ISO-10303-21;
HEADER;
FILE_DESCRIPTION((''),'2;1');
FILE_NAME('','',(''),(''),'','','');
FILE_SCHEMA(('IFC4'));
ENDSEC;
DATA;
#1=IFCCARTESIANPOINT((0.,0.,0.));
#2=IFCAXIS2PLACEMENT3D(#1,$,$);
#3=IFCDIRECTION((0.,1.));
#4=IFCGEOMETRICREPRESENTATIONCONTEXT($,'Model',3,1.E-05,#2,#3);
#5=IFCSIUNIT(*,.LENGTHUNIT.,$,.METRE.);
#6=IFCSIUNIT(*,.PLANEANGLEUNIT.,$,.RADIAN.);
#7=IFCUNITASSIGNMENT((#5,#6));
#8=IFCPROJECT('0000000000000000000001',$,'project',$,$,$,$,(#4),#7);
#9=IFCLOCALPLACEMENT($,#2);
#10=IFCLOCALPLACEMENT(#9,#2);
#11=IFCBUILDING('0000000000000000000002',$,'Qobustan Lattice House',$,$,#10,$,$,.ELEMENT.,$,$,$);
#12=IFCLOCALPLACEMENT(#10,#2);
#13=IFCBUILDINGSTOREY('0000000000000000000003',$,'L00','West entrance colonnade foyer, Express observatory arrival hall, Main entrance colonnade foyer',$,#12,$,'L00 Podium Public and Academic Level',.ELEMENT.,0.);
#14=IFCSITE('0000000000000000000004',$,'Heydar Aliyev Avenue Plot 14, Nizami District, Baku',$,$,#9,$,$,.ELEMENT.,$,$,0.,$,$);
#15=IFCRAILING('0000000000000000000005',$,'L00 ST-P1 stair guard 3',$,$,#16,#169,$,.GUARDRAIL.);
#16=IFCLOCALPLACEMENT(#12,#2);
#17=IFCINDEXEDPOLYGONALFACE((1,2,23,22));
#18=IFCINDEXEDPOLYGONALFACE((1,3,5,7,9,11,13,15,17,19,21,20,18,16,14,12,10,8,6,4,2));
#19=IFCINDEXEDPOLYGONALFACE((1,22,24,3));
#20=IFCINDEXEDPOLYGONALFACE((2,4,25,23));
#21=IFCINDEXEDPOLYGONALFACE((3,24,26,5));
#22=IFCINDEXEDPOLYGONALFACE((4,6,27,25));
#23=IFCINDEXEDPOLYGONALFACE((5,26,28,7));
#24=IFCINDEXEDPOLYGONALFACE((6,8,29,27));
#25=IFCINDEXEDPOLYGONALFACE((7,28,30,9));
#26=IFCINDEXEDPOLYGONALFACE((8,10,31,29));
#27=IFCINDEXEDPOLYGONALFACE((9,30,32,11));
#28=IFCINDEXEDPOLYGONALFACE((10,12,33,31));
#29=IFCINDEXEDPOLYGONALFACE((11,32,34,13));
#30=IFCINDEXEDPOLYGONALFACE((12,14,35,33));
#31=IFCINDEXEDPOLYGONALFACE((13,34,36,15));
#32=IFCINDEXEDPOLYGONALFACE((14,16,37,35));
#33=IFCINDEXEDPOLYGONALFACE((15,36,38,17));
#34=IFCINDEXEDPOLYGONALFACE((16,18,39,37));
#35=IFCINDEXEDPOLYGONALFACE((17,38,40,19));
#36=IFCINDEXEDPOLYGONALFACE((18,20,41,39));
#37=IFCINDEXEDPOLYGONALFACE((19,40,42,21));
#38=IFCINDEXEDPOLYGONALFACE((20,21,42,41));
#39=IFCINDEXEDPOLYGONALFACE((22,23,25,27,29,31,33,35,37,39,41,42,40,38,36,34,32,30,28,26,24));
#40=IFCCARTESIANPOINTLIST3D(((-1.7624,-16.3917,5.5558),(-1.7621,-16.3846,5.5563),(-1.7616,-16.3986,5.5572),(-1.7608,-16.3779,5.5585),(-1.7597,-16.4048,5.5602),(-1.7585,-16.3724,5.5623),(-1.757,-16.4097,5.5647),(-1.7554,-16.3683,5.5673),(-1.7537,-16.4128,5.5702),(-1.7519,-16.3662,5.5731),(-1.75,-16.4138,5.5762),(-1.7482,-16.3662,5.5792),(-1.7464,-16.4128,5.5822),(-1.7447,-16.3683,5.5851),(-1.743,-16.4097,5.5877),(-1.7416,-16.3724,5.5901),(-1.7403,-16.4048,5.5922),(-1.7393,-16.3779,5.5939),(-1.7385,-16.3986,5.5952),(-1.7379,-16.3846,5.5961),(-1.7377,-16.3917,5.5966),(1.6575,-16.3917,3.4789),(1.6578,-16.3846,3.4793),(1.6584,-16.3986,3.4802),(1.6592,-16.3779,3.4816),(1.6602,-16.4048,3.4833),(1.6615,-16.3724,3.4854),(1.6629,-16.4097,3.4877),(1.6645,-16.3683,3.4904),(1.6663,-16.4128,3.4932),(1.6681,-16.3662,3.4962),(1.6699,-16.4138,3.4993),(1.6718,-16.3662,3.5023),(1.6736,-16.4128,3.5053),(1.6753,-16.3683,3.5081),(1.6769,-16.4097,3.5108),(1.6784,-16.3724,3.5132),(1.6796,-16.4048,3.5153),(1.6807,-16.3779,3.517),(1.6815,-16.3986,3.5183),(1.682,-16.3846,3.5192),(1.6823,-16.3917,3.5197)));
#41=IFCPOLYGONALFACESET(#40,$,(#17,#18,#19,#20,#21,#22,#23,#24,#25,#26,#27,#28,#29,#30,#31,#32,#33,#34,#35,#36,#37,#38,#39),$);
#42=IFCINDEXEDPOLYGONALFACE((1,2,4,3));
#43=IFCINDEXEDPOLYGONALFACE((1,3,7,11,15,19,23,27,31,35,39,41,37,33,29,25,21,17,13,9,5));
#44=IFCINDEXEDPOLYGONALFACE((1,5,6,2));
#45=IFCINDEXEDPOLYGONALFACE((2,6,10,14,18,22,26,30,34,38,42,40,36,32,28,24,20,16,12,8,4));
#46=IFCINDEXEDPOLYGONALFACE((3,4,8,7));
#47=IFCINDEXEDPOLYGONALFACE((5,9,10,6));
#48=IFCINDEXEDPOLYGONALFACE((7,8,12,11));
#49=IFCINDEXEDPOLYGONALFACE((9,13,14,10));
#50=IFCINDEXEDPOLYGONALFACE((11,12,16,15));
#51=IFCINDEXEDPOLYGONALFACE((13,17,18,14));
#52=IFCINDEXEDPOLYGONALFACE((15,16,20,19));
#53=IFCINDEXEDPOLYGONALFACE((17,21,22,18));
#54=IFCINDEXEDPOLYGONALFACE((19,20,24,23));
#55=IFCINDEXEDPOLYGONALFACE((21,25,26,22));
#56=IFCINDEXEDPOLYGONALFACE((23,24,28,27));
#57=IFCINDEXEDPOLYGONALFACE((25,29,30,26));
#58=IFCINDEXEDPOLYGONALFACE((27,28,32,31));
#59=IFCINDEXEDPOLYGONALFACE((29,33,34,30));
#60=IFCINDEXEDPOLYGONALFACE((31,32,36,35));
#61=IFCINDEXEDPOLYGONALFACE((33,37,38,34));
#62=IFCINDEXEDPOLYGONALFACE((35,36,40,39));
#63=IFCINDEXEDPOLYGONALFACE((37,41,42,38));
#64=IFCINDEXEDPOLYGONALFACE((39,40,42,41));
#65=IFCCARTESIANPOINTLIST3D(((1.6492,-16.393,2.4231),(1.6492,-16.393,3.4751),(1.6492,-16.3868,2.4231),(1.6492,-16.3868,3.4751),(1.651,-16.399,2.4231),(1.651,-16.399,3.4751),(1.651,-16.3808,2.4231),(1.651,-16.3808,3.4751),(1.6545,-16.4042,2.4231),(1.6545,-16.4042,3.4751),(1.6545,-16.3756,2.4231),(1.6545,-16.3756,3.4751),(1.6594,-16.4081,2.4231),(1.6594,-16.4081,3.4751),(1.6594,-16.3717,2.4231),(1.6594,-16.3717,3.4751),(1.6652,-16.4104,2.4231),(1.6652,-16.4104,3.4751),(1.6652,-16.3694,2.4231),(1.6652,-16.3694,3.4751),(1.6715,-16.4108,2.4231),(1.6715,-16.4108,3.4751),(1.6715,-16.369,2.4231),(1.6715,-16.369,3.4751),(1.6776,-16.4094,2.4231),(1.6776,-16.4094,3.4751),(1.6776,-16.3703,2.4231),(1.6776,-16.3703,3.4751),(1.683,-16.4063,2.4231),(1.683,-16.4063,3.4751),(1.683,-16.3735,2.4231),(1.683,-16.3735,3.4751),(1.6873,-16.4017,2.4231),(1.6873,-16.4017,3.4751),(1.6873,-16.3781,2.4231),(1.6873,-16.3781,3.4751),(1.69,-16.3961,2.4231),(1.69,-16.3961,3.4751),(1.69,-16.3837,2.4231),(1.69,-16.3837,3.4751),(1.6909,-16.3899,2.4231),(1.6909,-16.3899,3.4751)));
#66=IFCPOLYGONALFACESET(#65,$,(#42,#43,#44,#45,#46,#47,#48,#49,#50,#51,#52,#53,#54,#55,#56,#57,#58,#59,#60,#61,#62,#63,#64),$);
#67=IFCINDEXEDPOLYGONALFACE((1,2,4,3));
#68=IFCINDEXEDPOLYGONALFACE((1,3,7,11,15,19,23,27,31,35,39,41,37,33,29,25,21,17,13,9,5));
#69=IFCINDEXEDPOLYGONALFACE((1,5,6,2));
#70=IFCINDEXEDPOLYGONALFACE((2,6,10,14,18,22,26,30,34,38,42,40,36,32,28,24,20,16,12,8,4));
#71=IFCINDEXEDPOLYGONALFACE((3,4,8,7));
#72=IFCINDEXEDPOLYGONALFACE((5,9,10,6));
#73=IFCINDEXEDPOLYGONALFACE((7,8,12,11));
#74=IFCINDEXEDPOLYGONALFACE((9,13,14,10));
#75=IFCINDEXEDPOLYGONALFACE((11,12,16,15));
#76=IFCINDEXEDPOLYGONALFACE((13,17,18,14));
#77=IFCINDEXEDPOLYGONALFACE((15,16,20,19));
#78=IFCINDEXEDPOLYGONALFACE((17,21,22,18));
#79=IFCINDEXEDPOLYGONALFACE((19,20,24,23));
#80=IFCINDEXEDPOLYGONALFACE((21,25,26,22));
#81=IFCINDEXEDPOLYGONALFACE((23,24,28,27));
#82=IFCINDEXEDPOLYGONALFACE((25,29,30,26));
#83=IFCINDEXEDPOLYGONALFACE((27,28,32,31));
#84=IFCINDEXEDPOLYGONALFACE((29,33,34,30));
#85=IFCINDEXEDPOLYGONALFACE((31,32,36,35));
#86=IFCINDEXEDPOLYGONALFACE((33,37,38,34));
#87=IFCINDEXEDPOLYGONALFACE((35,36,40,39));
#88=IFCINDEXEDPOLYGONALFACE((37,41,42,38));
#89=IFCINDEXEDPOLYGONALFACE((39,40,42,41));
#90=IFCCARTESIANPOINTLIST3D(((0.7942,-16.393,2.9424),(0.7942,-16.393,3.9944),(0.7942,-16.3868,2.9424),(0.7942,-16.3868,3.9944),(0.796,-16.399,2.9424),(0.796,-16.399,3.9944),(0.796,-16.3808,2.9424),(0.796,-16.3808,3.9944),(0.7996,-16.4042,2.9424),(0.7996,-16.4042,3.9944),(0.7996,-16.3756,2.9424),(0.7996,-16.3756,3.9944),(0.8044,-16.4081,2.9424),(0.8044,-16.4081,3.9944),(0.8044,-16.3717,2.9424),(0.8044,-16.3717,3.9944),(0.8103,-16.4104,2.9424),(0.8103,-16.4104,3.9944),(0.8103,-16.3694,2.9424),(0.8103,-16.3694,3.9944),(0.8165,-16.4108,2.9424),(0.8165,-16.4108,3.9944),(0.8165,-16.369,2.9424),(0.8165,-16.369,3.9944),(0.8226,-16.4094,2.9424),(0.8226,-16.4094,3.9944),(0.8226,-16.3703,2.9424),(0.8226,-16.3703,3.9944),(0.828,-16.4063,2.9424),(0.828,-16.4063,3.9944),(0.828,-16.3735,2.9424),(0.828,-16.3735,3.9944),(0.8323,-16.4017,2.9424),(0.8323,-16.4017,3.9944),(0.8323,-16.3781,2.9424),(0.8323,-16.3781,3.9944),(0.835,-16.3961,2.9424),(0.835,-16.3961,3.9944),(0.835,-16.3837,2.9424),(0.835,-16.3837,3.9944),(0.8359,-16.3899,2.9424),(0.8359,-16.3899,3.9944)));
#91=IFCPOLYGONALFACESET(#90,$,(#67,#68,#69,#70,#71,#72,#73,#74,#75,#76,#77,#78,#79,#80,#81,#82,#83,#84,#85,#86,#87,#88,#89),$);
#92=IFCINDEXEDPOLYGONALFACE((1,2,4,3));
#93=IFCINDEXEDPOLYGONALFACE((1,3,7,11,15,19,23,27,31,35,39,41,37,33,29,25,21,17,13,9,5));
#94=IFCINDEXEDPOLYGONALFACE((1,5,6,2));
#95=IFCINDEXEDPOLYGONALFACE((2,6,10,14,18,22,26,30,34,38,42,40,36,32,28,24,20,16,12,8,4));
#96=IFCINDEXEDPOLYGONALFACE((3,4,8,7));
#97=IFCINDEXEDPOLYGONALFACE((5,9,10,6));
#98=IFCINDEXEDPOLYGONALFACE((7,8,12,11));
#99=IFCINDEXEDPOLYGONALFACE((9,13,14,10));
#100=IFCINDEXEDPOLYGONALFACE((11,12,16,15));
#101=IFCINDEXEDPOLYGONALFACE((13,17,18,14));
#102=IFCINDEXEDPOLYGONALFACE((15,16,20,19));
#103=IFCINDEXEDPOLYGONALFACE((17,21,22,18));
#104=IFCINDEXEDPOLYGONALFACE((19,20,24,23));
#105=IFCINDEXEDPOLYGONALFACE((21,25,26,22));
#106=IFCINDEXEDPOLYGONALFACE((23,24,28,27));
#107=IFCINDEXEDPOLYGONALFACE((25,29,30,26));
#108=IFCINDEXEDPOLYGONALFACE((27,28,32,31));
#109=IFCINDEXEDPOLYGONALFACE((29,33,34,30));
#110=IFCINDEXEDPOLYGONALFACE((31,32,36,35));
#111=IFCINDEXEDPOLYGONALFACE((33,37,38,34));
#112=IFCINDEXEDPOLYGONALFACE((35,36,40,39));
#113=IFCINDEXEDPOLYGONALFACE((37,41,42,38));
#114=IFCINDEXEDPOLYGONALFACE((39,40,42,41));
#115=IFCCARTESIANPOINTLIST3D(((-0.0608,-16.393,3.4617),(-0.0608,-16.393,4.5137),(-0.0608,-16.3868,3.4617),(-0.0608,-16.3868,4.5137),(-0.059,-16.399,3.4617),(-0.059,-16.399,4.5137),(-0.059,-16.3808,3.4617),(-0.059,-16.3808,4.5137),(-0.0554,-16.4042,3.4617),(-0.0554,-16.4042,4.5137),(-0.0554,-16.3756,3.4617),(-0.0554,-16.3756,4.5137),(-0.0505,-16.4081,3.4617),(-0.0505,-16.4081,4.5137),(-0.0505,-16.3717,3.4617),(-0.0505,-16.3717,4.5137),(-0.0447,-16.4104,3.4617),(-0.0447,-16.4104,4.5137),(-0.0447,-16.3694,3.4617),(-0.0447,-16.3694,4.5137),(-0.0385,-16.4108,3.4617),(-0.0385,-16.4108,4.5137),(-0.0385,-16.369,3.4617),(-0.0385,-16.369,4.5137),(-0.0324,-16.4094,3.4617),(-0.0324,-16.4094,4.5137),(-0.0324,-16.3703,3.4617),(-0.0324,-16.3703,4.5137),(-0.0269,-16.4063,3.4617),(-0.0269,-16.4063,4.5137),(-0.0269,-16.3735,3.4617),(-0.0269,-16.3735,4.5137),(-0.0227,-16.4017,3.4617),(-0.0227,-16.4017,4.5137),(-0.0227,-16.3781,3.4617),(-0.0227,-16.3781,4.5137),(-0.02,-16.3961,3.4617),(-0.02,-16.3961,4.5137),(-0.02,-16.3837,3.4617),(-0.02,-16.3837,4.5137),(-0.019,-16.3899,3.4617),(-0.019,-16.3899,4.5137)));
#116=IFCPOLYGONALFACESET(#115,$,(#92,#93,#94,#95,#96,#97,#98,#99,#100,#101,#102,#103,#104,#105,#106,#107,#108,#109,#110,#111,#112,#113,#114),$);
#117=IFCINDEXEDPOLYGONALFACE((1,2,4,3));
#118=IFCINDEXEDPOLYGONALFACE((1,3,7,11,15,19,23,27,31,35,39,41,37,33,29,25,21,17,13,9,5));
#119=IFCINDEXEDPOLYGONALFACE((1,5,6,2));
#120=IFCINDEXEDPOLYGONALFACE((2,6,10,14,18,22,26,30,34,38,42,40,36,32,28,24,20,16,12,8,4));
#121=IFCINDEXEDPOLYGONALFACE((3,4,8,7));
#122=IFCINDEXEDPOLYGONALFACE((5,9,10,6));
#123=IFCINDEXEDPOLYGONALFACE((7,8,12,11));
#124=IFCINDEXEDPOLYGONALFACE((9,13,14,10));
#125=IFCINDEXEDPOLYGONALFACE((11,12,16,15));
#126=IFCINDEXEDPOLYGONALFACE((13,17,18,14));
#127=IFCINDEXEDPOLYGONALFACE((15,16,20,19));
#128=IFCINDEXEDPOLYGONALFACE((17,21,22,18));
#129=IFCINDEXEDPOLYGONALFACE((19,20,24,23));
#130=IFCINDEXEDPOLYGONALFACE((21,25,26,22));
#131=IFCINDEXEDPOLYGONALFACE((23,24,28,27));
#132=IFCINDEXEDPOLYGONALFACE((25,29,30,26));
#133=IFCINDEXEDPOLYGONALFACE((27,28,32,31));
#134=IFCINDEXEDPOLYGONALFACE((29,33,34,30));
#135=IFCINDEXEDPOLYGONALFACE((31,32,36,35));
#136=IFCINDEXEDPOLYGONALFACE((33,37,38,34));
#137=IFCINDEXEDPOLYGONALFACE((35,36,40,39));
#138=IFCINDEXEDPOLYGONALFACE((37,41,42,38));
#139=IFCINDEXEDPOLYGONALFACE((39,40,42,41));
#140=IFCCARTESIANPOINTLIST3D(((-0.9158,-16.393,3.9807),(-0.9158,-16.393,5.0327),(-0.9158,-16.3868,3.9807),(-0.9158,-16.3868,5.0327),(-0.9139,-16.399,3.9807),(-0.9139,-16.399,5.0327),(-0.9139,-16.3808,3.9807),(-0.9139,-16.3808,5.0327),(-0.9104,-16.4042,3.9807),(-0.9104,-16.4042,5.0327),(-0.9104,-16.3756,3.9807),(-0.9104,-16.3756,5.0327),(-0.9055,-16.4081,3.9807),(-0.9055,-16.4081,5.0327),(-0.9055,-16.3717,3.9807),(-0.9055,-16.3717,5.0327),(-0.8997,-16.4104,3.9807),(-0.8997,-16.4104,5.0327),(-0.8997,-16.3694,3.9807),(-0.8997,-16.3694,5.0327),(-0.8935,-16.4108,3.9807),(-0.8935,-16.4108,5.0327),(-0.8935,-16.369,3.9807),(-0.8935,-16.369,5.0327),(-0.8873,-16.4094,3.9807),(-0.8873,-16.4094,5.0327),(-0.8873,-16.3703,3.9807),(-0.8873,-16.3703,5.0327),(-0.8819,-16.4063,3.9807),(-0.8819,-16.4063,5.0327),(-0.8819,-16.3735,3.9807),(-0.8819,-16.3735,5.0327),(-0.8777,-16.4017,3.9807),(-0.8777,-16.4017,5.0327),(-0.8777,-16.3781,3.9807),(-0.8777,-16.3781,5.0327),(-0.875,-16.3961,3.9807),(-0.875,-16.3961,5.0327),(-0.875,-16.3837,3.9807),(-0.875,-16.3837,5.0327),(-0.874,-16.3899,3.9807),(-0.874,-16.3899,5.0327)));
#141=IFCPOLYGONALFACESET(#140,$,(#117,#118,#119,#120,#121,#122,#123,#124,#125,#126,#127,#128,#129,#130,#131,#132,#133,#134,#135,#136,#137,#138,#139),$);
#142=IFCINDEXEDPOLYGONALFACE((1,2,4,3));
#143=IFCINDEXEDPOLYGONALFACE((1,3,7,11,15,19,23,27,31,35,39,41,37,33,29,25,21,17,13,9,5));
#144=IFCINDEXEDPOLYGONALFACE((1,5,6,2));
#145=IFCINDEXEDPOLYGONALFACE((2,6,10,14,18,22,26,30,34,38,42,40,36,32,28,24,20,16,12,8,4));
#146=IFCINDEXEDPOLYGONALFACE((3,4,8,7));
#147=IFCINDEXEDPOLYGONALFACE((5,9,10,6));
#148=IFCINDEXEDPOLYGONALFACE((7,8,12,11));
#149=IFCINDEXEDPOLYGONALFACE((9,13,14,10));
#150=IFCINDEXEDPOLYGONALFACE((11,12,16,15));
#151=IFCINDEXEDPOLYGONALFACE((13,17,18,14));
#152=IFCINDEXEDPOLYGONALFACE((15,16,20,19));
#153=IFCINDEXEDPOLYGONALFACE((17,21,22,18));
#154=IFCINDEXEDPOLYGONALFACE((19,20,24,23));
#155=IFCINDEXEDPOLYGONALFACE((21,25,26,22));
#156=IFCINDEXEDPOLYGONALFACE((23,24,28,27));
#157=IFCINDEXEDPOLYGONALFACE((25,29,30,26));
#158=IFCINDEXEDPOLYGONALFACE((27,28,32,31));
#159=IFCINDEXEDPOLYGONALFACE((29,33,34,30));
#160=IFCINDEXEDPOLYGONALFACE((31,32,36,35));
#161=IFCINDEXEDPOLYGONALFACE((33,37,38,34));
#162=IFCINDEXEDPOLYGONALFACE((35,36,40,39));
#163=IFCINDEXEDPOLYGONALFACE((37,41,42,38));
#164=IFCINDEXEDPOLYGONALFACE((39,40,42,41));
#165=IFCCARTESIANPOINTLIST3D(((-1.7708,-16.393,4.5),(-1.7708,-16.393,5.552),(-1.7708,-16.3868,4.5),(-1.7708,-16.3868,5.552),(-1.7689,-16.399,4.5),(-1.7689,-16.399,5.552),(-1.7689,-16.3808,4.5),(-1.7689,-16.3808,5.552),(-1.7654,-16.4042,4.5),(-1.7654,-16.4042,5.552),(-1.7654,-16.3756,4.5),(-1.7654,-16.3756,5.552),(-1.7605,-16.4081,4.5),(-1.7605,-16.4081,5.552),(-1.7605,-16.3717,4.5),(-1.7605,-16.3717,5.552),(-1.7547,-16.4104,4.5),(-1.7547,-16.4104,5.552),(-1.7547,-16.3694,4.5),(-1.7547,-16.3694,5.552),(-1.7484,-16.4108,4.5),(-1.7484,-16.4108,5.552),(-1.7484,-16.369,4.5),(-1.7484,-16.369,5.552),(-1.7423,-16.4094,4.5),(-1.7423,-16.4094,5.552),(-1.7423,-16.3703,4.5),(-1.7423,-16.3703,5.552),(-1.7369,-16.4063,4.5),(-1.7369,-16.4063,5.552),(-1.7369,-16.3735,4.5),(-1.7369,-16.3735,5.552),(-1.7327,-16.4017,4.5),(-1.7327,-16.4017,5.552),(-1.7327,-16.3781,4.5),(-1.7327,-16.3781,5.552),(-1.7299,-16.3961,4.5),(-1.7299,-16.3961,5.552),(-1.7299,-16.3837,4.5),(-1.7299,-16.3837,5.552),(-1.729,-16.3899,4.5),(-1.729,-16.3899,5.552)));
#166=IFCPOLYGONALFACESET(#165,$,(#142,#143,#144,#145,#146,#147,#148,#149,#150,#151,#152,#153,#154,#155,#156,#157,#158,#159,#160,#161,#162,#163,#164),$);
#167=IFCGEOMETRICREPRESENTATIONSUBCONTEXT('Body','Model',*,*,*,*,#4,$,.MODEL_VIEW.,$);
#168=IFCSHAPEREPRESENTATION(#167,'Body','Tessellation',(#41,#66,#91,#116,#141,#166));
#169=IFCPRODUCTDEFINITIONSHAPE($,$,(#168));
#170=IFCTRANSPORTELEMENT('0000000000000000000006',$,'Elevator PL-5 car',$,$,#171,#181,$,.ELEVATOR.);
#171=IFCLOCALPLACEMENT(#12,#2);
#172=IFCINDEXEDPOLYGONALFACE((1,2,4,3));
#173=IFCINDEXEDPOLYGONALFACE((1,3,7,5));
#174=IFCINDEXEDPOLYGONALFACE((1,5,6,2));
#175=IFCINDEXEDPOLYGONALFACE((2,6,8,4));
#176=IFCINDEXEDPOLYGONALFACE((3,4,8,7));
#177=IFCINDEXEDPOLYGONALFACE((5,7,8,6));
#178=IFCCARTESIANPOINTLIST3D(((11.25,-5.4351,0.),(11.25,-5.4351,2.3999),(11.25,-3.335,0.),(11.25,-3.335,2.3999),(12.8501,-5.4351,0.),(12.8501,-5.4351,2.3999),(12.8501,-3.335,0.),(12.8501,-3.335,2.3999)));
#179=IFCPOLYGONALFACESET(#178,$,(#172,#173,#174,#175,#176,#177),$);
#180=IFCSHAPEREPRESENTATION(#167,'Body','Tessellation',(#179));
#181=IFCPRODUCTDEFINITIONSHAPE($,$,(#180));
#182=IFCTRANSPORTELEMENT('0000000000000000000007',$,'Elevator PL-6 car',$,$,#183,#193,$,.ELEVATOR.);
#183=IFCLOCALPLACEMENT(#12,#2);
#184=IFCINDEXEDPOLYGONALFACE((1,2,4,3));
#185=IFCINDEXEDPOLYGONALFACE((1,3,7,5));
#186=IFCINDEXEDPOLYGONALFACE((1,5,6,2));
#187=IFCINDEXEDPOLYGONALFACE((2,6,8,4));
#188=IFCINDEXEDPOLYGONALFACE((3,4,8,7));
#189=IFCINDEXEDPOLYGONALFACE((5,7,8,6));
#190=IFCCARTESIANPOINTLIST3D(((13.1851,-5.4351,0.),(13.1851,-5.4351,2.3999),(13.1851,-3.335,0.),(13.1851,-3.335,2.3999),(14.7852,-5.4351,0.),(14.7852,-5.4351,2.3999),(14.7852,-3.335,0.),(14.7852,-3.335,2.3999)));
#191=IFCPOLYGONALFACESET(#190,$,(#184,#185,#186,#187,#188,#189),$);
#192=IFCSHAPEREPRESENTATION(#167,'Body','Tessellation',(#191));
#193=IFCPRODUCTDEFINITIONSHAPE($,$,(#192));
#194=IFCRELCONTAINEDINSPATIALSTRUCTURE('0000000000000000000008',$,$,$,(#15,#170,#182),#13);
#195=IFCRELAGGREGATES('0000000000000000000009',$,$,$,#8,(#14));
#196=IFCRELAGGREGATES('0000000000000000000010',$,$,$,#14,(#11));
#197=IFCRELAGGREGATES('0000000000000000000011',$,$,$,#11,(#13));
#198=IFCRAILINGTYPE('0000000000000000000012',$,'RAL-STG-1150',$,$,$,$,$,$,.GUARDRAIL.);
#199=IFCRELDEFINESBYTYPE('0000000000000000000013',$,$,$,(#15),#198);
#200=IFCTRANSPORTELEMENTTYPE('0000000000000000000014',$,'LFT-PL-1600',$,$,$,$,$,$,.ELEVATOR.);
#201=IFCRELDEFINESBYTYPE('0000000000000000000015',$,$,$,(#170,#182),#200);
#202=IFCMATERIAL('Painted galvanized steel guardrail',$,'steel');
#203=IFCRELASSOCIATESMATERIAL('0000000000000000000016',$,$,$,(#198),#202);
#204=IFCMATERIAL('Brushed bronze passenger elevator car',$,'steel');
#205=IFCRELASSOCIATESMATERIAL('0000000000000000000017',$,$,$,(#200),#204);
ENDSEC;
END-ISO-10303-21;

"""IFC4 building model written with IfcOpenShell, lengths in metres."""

from ifc_helpers import new_model, si_unit, direction, frame, origin, origin_2d, place, context, subcontext, project, spatial, rectangle, circle, extrude, material, type_object, element, save


model = new_model("IFC4")

# Units and contexts
model_context = context("Model", 3, precision=1e-05, world=origin(), true_north=direction((0.0, 1.0)))
body_context = subcontext(model_context, "Body", "Model", "MODEL_VIEW")
ifc_project = project(units=[si_unit("LENGTHUNIT", "METRE"), si_unit("PLANEANGLEUNIT", "RADIAN")], contexts=[model_context])

# Site, building, storey
site_placement = place(None, origin())
site = spatial("IfcSite", under=ifc_project, at=site_placement, Name="Heydar Aliyev Avenue Plot 14, Nizami District, Baku", CompositionType="ELEMENT", RefElevation=0.0)
building_placement = place(site_placement, origin())
building = spatial("IfcBuilding", under=site, at=building_placement, Name="Qobustan Lattice House", CompositionType="ELEMENT")
storey_placement = place(building_placement, origin())
storey = spatial("IfcBuildingStorey", under=building, at=storey_placement, Name="L00", Description="West entrance colonnade foyer, Express observatory arrival hall, Main entrance colonnade foyer", LongName="L00 Podium Public and Academic Level", CompositionType="ELEMENT", Elevation=0.0)

# Railing
ifc_material_1 = material(Name="Painted galvanized steel guardrail", Category="steel")
railing_type_1 = type_object("IfcRailingType", Name="RAL-STG-1150", PredefinedType="GUARDRAIL", material=ifc_material_1)
railing_1_placement = place(storey_placement, frame((1.6699, -16.3899, 2.4231)))
element("IfcRailing", 1, at=railing_1_placement, inside=storey, type_object=railing_type_1, Name="L00 ST-P1 stair guard 3", PredefinedType="GUARDRAIL", context=body_context, shape_type="SweptSolid", body=[
    extrude(circle(Radius=0.0239, at=origin_2d()), frame((0.0, 0.0, 1.0762), z_axis=(-0.85473, 0.0, 0.519074), x_axis=(0.0, -1.0, 0.0)), (0.0, 0.0, 1.0), 4.0012),
    extrude(circle(Radius=0.021, at=origin_2d()), origin(), (0.0, 0.0, 1.0), 1.052),
    extrude(circle(Radius=0.021, at=origin_2d()), frame((-0.855, 0.0, 0.5193)), (0.0, 0.0, 1.0), 1.052),
    extrude(circle(Radius=0.021, at=origin_2d()), frame((-1.71, 0.0, 1.0386)), (0.0, 0.0, 1.0), 1.052),
    extrude(circle(Radius=0.021, at=origin_2d()), frame((-2.5649, 0.0, 1.5576)), (0.0, 0.0, 1.0), 1.052),
    extrude(circle(Radius=0.021, at=origin_2d()), frame((-3.4199, 0.0, 2.0769)), (0.0, 0.0, 1.0), 1.052),
])

# Transport elements
ifc_material_2 = material(Name="Brushed bronze passenger elevator car", Category="steel")
transport_element_type = type_object("IfcTransportElementType", Name="LFT-PL-1600", PredefinedType="ELEVATOR", material=ifc_material_2)
for number, where, z_axis, x_axis, name in (
    (2, (12.05, -4.385, 0.0), (0.0, 0.0, 1.0), (1.0, 0.0, 0.0), "Elevator PL-5 car"),
    (3, (13.9851, -4.385, 0.0), (0.0, 0.0, 1.0), (1.0, 0.0, 0.0), "Elevator PL-6 car"),
):
    element("IfcTransportElement", number, at=place(storey_placement, frame(where, z_axis=z_axis, x_axis=x_axis)), inside=storey, type_object=transport_element_type, Name=name, PredefinedType="ELEVATOR", context=body_context, shape_type="SweptSolid", body=[
        extrude(rectangle(XDim=1.6001, YDim=2.1001, at=origin_2d()), origin(), (0.0, 0.0, 1.0), 2.3999),
    ])

save(model, "model.ifc")
